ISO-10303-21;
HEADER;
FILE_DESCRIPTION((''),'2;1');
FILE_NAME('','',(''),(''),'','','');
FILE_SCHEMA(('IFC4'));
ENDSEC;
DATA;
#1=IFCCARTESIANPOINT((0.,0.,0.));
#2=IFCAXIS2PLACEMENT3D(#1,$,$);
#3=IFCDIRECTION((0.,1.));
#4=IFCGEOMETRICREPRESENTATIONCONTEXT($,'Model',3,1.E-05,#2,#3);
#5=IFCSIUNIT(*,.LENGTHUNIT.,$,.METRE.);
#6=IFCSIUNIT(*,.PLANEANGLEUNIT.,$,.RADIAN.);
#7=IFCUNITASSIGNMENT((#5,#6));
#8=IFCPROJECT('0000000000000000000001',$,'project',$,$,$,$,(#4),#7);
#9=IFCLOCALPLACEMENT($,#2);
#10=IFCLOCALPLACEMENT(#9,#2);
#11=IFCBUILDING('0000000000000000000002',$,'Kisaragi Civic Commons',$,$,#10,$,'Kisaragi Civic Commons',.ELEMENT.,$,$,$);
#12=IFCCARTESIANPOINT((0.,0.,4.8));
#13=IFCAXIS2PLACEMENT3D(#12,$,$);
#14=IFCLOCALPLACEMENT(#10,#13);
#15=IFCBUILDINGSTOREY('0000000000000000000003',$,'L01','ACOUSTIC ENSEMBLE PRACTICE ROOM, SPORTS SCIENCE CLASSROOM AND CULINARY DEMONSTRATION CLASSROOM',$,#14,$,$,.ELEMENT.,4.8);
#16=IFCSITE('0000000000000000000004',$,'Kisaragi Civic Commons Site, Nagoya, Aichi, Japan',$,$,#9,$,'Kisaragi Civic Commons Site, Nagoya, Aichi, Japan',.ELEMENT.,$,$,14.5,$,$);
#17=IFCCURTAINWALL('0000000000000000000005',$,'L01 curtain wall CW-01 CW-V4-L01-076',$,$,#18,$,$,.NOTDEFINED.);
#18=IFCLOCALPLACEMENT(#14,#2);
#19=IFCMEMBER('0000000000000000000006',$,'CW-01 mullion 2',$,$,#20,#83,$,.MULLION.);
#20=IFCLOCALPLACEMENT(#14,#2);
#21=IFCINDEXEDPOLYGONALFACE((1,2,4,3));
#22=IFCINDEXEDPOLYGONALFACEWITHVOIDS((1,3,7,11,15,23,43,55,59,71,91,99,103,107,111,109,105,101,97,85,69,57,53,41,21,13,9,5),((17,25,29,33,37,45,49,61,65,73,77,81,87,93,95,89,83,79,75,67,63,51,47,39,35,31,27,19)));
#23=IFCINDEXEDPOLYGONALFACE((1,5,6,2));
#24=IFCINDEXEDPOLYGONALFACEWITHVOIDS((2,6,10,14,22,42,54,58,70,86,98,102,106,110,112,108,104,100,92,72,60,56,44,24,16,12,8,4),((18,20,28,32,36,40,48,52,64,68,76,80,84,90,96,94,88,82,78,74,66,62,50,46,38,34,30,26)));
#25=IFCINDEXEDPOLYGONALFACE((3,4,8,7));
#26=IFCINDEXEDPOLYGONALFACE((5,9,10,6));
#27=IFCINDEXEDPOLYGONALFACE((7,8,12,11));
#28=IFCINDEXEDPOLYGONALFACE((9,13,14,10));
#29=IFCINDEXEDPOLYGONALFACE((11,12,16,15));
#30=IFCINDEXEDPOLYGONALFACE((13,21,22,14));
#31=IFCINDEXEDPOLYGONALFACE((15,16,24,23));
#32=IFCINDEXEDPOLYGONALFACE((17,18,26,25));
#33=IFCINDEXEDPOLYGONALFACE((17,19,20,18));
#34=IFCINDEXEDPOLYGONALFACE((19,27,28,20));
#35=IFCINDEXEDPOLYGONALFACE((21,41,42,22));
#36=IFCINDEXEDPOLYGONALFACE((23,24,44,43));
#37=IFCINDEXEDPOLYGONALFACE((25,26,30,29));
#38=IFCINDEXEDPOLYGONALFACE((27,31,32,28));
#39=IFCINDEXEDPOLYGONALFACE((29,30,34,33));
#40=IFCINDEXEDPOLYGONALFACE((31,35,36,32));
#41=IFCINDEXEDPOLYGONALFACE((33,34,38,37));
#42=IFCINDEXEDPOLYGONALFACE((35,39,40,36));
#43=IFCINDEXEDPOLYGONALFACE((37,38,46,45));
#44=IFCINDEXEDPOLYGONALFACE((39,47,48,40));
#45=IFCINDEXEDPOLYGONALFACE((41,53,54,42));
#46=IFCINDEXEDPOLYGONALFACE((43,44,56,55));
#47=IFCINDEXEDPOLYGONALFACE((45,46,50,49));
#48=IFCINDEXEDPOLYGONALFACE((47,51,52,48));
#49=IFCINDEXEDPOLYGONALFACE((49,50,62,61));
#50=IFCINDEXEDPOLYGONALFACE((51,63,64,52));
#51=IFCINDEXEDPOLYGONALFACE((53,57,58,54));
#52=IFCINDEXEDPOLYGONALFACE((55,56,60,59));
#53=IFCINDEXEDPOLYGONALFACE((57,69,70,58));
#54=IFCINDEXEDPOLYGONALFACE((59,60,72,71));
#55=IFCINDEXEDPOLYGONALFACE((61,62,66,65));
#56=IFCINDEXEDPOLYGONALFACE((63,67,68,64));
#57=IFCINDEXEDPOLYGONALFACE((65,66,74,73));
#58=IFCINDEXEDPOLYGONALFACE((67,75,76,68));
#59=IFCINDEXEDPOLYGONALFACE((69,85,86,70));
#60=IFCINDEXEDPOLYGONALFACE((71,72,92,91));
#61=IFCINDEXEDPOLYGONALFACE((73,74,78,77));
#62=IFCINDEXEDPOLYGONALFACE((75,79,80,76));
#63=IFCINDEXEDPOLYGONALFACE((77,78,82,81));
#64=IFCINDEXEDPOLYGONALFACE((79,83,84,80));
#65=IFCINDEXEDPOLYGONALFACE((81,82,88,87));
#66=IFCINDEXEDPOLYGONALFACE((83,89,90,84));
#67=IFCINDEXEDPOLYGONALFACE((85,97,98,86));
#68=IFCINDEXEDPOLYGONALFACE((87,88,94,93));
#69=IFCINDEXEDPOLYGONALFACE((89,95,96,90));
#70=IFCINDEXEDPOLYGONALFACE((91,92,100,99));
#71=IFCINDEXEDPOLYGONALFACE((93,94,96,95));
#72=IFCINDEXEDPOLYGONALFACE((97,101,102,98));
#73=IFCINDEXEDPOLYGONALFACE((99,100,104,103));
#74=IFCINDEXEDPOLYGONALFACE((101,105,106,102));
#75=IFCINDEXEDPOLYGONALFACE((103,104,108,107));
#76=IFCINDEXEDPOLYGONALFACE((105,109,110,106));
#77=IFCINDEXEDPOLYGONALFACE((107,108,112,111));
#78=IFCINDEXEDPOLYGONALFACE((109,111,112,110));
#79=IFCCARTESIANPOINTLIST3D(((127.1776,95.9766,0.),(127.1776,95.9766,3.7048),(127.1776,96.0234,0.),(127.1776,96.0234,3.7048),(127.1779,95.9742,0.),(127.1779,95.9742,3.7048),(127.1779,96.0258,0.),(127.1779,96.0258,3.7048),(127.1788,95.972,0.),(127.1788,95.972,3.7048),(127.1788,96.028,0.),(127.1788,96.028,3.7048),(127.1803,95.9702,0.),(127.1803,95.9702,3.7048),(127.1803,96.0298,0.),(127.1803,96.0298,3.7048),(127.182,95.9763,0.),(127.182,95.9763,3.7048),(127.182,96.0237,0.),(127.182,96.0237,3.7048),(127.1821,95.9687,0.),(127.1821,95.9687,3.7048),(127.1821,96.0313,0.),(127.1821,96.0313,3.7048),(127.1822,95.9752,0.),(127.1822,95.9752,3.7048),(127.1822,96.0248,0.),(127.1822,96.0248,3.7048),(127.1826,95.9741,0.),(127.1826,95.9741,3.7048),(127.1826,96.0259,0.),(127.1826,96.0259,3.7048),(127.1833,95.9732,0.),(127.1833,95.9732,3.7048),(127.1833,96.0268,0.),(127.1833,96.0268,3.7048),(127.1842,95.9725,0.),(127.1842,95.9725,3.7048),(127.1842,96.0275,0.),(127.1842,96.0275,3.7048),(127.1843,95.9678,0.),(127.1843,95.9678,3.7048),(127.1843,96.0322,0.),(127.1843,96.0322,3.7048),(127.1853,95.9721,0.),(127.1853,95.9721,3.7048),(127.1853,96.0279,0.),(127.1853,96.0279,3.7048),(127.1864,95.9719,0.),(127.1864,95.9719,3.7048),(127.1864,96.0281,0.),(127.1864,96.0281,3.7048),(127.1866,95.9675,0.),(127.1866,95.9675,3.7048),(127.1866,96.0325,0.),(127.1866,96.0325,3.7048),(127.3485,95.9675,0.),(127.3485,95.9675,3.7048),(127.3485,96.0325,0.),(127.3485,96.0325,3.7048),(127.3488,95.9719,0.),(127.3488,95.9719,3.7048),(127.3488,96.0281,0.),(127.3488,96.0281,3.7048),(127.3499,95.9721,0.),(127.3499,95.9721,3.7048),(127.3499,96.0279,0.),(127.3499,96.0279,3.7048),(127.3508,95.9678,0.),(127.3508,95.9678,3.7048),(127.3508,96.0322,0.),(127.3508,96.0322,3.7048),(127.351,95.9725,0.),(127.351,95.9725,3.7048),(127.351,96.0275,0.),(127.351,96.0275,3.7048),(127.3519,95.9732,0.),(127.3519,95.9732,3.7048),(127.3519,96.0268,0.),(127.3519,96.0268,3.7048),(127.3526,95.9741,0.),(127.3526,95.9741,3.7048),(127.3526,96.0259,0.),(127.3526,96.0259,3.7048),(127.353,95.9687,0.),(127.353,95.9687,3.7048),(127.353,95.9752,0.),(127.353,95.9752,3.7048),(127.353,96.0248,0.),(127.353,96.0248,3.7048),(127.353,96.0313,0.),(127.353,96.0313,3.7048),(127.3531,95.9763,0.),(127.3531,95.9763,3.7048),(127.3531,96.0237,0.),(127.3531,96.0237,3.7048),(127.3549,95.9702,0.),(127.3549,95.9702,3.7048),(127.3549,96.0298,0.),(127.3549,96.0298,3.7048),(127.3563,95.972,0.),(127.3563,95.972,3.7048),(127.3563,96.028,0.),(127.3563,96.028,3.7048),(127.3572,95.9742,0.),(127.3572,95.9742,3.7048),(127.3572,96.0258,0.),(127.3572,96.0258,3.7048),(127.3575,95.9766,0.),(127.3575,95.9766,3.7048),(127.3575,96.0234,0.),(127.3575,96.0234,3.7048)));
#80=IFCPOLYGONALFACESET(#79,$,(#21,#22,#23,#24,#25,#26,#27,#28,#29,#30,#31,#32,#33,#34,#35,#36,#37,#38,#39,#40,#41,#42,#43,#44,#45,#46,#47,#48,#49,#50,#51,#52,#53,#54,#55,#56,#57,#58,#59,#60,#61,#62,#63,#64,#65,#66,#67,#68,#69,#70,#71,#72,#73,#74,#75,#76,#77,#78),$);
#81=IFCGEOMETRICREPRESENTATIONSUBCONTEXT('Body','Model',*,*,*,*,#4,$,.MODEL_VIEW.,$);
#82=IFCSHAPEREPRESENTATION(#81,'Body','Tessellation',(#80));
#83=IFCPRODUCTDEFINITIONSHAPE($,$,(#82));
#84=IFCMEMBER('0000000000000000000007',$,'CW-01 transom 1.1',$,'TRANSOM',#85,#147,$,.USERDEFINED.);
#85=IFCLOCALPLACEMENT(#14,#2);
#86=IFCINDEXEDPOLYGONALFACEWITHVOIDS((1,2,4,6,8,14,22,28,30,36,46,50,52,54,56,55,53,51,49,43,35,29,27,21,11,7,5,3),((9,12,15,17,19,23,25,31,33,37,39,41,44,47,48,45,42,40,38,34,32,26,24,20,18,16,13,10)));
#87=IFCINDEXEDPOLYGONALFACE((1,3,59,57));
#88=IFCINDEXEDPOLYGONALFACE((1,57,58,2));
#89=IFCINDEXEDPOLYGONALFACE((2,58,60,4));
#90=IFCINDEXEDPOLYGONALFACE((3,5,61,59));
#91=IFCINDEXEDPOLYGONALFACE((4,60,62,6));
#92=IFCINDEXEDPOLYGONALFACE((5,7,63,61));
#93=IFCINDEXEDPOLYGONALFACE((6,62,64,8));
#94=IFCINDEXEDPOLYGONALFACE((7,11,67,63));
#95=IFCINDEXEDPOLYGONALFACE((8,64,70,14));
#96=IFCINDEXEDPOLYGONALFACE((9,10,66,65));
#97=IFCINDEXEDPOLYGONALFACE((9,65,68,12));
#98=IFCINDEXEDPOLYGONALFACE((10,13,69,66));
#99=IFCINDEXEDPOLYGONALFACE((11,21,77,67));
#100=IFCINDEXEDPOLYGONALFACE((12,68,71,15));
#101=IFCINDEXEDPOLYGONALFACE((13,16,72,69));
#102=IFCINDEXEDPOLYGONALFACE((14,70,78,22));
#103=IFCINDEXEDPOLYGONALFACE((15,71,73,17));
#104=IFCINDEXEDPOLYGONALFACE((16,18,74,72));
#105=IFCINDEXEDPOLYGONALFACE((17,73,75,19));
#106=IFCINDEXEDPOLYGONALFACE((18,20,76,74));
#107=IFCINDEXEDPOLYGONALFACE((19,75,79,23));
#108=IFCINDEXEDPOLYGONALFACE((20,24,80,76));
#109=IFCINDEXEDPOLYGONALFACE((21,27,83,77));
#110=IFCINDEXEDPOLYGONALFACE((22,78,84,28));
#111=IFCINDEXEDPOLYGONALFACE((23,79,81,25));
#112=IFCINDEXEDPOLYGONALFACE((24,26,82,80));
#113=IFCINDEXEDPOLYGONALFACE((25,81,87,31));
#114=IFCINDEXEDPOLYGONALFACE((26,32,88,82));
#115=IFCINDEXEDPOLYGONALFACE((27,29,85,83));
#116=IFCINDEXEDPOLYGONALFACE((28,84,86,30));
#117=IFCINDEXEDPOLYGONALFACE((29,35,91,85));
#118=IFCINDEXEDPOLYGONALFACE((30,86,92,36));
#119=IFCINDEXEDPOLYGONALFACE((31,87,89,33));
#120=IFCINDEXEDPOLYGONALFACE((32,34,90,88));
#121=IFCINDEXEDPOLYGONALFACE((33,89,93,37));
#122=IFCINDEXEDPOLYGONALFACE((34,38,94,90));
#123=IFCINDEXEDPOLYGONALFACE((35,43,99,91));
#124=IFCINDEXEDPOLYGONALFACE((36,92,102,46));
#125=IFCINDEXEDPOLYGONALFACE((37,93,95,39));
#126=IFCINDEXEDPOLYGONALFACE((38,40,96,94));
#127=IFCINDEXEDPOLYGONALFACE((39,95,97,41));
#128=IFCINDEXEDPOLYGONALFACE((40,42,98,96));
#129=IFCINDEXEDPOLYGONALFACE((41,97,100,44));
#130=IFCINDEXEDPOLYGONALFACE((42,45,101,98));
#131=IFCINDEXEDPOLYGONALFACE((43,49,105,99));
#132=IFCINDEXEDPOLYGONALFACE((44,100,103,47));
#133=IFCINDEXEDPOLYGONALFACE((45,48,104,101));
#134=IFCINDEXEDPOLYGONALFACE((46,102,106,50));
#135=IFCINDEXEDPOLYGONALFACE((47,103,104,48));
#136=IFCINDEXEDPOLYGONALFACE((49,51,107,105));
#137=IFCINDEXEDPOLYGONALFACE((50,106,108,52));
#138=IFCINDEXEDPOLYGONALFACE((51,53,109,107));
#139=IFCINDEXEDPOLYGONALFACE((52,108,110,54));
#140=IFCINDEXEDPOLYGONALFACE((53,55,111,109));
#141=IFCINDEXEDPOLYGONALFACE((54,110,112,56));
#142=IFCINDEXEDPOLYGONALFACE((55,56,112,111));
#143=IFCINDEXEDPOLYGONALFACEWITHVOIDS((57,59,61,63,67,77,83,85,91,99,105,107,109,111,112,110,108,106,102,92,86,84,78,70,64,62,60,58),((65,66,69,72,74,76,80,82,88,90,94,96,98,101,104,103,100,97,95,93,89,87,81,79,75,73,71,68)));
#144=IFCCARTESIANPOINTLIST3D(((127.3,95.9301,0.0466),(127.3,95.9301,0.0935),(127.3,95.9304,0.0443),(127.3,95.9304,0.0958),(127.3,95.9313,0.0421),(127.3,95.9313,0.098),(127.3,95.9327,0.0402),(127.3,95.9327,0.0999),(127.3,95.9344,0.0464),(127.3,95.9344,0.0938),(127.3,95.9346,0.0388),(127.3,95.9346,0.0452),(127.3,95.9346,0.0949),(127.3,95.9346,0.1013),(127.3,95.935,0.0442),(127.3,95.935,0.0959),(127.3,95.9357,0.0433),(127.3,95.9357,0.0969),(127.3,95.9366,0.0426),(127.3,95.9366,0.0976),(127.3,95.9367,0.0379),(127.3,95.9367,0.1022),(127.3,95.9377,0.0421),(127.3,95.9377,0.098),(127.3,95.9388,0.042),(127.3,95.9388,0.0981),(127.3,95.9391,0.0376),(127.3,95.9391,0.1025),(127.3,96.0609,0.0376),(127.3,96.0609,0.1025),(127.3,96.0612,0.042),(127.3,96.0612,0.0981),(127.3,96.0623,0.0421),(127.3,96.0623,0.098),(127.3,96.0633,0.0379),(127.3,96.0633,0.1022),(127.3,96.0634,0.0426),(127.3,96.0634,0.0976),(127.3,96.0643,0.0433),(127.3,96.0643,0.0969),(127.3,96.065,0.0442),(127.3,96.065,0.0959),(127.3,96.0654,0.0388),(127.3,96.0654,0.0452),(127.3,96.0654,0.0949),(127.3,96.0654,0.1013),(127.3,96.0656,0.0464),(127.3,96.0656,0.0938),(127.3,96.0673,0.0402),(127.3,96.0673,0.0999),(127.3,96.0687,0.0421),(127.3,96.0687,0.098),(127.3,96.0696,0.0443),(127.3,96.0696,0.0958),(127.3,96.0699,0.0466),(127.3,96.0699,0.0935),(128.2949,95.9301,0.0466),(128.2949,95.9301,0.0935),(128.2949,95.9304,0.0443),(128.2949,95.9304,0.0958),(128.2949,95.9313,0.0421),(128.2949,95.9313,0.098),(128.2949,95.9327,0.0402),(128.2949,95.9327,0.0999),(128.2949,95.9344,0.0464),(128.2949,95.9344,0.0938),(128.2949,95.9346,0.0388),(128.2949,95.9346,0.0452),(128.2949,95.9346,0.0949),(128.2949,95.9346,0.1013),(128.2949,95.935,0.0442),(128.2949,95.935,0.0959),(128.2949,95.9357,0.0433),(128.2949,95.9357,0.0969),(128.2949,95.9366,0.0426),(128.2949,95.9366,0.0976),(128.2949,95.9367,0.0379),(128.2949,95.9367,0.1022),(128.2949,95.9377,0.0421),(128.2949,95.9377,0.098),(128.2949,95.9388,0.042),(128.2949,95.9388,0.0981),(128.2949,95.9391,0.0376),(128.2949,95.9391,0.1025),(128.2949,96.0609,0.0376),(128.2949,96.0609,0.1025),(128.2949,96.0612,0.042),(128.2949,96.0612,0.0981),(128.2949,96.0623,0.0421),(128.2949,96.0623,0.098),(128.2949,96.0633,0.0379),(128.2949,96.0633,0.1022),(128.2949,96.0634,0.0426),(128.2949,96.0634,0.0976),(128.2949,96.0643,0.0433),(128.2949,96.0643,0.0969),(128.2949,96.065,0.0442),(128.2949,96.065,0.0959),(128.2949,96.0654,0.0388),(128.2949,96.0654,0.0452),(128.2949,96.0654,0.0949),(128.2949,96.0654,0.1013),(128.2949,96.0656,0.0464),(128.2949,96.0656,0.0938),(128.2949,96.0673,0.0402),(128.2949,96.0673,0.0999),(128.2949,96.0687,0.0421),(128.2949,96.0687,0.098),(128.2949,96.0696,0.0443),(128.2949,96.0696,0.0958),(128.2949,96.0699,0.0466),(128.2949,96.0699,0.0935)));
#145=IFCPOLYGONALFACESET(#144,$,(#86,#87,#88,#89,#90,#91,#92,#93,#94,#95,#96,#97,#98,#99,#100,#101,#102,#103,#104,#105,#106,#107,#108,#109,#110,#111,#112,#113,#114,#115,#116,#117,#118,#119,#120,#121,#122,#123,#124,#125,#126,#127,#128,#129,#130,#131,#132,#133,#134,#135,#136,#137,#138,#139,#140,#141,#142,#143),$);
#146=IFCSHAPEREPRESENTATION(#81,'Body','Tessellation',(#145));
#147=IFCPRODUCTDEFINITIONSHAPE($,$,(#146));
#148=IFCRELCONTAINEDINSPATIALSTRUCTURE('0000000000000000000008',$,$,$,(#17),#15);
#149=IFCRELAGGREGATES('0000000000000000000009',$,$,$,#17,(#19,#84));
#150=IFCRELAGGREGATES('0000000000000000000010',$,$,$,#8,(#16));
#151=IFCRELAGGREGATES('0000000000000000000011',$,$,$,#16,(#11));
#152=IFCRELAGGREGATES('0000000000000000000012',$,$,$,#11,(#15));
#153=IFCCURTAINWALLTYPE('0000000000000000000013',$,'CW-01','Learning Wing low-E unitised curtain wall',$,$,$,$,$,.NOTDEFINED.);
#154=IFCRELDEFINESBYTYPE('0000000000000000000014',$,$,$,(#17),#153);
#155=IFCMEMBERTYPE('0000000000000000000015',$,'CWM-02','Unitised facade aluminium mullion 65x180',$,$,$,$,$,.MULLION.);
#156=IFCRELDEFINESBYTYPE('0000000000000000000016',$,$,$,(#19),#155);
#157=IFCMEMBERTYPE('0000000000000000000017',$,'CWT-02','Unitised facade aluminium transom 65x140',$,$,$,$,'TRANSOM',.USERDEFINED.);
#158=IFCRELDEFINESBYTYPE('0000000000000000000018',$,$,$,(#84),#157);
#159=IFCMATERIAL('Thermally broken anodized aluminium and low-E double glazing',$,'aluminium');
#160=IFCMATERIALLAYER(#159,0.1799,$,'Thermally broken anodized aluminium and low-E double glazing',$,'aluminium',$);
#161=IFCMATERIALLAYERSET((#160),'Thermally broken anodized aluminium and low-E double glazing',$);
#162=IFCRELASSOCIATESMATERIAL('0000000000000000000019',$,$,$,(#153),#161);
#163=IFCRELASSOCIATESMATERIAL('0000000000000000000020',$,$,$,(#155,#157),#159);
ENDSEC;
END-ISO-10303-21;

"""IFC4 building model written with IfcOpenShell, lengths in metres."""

from ifc_helpers import new_model, si_unit, direction, frame, origin, origin_2d, place, context, subcontext, project, spatial, hollow_rectangle, extrude, material, layer, layer_set, material_profile, profile_set, type_object, element, aggregate, save


model = new_model("IFC4")

# Units and contexts
model_context = context("Model", 3, precision=1e-05, world=origin(), true_north=direction((0.0, 1.0)))
body_context = subcontext(model_context, "Body", "Model", "MODEL_VIEW")
ifc_project = project(units=[si_unit("LENGTHUNIT", "METRE"), si_unit("PLANEANGLEUNIT", "RADIAN")], contexts=[model_context])

# Site, building, storey
site_placement = place(None, origin())
site = spatial("IfcSite", under=ifc_project, at=site_placement, Name="Kisaragi Civic Commons Site, Nagoya, Aichi, Japan", LongName="Kisaragi Civic Commons Site, Nagoya, Aichi, Japan", CompositionType="ELEMENT", RefElevation=14.5)
building_placement = place(site_placement, origin())
building = spatial("IfcBuilding", under=site, at=building_placement, Name="Kisaragi Civic Commons", LongName="Kisaragi Civic Commons", CompositionType="ELEMENT")
storey_placement = place(building_placement, frame((0.0, 0.0, 4.8)))
storey = spatial("IfcBuildingStorey", under=building, at=storey_placement, Name="L01", Description="ACOUSTIC ENSEMBLE PRACTICE ROOM, SPORTS SCIENCE CLASSROOM AND CULINARY DEMONSTRATION CLASSROOM", CompositionType="ELEMENT", Elevation=4.8)

# Shared definitions
ifc_material_1 = material(Name="Thermally broken anodized aluminium and low-E double glazing", Category="aluminium")
ifc_layer_1 = layer(ifc_material_1, 0.1799, Name="Thermally broken anodized aluminium and low-E double glazing", Category="aluminium")
ifc_layer_set_1 = layer_set([ifc_layer_1], Name="Thermally broken anodized aluminium and low-E double glazing")
curtain_wall_type = type_object("IfcCurtainWallType", Name="CW-01", Description="Learning Wing low-E unitised curtain wall", PredefinedType="NOTDEFINED", material=ifc_layer_set_1)
ifc_material_profile_1 = material_profile(ifc_material_1, hollow_rectangle(XDim=0.0649, YDim=0.1799, WallThickness=0.0044, InnerFilletRadius=0.0044, OuterFilletRadius=0.009, at=origin_2d()), Name="CWM-65x180x4.5", Category="aluminium")
ifc_profile_set_1 = profile_set([ifc_material_profile_1], Name="Thermally broken anodized aluminium and low-E double glazing")
member_type_1 = type_object("IfcMemberType", Name="CWM-02", Description="Unitised facade aluminium mullion 65x180", PredefinedType="MULLION", material=ifc_profile_set_1)

# Curtain wall, members
curtain_wall_1_placement = place(storey_placement, origin())
curtain_wall_1 = element("IfcCurtainWall", 1, at=curtain_wall_1_placement, inside=storey, type_object=curtain_wall_type, Name="L01 curtain wall CW-01 CW-V4-L01-076", PredefinedType="NOTDEFINED")
member_1_placement = place(storey_placement, frame((127.2676, 96.0, 0.0), z_axis=(0.0, 0.0, 1.0), x_axis=(0.0, -1.0, 0.0)))
member_1 = element("IfcMember", 2, at=member_1_placement, type_object=member_type_1, Name="CW-01 mullion 2", PredefinedType="MULLION", context=body_context, shape_type="SweptSolid", body=[
    extrude(hollow_rectangle(XDim=0.0649, YDim=0.1799, WallThickness=0.0044, InnerFilletRadius=0.0044, OuterFilletRadius=0.009, at=origin_2d()), origin(), (0.0, 0.0, 1.0), 3.7048),
])
ifc_material_profile_2 = material_profile(ifc_material_1, hollow_rectangle(XDim=0.1399, YDim=0.0649, WallThickness=0.0044, InnerFilletRadius=0.0044, OuterFilletRadius=0.009, at=origin_2d()), Name="CWT-65x140x4.5", Category="aluminium")
ifc_profile_set_2 = profile_set([ifc_material_profile_2], Name="Thermally broken anodized aluminium and low-E double glazing")
member_type_2 = type_object("IfcMemberType", Name="CWT-02", Description="Unitised facade aluminium transom 65x140", ElementType="TRANSOM", PredefinedType="USERDEFINED", material=ifc_profile_set_2)
member_2_placement = place(storey_placement, frame((128.2949, 96.0, 0.0701), z_axis=(-1.0, 0.0, 0.0), x_axis=(0.0, -1.0, 0.0)))
member_2 = element("IfcMember", 3, at=member_2_placement, type_object=member_type_2, Name="CW-01 transom 1.1", ObjectType="TRANSOM", PredefinedType="USERDEFINED", context=body_context, shape_type="SweptSolid", body=[
    extrude(hollow_rectangle(XDim=0.1399, YDim=0.0649, WallThickness=0.0044, InnerFilletRadius=0.0044, OuterFilletRadius=0.009, at=origin_2d()), origin(), (0.0, 0.0, 1.0), 0.9949),
])

aggregate(curtain_wall_1, [member_1, member_2])

save(model, "model.ifc")
